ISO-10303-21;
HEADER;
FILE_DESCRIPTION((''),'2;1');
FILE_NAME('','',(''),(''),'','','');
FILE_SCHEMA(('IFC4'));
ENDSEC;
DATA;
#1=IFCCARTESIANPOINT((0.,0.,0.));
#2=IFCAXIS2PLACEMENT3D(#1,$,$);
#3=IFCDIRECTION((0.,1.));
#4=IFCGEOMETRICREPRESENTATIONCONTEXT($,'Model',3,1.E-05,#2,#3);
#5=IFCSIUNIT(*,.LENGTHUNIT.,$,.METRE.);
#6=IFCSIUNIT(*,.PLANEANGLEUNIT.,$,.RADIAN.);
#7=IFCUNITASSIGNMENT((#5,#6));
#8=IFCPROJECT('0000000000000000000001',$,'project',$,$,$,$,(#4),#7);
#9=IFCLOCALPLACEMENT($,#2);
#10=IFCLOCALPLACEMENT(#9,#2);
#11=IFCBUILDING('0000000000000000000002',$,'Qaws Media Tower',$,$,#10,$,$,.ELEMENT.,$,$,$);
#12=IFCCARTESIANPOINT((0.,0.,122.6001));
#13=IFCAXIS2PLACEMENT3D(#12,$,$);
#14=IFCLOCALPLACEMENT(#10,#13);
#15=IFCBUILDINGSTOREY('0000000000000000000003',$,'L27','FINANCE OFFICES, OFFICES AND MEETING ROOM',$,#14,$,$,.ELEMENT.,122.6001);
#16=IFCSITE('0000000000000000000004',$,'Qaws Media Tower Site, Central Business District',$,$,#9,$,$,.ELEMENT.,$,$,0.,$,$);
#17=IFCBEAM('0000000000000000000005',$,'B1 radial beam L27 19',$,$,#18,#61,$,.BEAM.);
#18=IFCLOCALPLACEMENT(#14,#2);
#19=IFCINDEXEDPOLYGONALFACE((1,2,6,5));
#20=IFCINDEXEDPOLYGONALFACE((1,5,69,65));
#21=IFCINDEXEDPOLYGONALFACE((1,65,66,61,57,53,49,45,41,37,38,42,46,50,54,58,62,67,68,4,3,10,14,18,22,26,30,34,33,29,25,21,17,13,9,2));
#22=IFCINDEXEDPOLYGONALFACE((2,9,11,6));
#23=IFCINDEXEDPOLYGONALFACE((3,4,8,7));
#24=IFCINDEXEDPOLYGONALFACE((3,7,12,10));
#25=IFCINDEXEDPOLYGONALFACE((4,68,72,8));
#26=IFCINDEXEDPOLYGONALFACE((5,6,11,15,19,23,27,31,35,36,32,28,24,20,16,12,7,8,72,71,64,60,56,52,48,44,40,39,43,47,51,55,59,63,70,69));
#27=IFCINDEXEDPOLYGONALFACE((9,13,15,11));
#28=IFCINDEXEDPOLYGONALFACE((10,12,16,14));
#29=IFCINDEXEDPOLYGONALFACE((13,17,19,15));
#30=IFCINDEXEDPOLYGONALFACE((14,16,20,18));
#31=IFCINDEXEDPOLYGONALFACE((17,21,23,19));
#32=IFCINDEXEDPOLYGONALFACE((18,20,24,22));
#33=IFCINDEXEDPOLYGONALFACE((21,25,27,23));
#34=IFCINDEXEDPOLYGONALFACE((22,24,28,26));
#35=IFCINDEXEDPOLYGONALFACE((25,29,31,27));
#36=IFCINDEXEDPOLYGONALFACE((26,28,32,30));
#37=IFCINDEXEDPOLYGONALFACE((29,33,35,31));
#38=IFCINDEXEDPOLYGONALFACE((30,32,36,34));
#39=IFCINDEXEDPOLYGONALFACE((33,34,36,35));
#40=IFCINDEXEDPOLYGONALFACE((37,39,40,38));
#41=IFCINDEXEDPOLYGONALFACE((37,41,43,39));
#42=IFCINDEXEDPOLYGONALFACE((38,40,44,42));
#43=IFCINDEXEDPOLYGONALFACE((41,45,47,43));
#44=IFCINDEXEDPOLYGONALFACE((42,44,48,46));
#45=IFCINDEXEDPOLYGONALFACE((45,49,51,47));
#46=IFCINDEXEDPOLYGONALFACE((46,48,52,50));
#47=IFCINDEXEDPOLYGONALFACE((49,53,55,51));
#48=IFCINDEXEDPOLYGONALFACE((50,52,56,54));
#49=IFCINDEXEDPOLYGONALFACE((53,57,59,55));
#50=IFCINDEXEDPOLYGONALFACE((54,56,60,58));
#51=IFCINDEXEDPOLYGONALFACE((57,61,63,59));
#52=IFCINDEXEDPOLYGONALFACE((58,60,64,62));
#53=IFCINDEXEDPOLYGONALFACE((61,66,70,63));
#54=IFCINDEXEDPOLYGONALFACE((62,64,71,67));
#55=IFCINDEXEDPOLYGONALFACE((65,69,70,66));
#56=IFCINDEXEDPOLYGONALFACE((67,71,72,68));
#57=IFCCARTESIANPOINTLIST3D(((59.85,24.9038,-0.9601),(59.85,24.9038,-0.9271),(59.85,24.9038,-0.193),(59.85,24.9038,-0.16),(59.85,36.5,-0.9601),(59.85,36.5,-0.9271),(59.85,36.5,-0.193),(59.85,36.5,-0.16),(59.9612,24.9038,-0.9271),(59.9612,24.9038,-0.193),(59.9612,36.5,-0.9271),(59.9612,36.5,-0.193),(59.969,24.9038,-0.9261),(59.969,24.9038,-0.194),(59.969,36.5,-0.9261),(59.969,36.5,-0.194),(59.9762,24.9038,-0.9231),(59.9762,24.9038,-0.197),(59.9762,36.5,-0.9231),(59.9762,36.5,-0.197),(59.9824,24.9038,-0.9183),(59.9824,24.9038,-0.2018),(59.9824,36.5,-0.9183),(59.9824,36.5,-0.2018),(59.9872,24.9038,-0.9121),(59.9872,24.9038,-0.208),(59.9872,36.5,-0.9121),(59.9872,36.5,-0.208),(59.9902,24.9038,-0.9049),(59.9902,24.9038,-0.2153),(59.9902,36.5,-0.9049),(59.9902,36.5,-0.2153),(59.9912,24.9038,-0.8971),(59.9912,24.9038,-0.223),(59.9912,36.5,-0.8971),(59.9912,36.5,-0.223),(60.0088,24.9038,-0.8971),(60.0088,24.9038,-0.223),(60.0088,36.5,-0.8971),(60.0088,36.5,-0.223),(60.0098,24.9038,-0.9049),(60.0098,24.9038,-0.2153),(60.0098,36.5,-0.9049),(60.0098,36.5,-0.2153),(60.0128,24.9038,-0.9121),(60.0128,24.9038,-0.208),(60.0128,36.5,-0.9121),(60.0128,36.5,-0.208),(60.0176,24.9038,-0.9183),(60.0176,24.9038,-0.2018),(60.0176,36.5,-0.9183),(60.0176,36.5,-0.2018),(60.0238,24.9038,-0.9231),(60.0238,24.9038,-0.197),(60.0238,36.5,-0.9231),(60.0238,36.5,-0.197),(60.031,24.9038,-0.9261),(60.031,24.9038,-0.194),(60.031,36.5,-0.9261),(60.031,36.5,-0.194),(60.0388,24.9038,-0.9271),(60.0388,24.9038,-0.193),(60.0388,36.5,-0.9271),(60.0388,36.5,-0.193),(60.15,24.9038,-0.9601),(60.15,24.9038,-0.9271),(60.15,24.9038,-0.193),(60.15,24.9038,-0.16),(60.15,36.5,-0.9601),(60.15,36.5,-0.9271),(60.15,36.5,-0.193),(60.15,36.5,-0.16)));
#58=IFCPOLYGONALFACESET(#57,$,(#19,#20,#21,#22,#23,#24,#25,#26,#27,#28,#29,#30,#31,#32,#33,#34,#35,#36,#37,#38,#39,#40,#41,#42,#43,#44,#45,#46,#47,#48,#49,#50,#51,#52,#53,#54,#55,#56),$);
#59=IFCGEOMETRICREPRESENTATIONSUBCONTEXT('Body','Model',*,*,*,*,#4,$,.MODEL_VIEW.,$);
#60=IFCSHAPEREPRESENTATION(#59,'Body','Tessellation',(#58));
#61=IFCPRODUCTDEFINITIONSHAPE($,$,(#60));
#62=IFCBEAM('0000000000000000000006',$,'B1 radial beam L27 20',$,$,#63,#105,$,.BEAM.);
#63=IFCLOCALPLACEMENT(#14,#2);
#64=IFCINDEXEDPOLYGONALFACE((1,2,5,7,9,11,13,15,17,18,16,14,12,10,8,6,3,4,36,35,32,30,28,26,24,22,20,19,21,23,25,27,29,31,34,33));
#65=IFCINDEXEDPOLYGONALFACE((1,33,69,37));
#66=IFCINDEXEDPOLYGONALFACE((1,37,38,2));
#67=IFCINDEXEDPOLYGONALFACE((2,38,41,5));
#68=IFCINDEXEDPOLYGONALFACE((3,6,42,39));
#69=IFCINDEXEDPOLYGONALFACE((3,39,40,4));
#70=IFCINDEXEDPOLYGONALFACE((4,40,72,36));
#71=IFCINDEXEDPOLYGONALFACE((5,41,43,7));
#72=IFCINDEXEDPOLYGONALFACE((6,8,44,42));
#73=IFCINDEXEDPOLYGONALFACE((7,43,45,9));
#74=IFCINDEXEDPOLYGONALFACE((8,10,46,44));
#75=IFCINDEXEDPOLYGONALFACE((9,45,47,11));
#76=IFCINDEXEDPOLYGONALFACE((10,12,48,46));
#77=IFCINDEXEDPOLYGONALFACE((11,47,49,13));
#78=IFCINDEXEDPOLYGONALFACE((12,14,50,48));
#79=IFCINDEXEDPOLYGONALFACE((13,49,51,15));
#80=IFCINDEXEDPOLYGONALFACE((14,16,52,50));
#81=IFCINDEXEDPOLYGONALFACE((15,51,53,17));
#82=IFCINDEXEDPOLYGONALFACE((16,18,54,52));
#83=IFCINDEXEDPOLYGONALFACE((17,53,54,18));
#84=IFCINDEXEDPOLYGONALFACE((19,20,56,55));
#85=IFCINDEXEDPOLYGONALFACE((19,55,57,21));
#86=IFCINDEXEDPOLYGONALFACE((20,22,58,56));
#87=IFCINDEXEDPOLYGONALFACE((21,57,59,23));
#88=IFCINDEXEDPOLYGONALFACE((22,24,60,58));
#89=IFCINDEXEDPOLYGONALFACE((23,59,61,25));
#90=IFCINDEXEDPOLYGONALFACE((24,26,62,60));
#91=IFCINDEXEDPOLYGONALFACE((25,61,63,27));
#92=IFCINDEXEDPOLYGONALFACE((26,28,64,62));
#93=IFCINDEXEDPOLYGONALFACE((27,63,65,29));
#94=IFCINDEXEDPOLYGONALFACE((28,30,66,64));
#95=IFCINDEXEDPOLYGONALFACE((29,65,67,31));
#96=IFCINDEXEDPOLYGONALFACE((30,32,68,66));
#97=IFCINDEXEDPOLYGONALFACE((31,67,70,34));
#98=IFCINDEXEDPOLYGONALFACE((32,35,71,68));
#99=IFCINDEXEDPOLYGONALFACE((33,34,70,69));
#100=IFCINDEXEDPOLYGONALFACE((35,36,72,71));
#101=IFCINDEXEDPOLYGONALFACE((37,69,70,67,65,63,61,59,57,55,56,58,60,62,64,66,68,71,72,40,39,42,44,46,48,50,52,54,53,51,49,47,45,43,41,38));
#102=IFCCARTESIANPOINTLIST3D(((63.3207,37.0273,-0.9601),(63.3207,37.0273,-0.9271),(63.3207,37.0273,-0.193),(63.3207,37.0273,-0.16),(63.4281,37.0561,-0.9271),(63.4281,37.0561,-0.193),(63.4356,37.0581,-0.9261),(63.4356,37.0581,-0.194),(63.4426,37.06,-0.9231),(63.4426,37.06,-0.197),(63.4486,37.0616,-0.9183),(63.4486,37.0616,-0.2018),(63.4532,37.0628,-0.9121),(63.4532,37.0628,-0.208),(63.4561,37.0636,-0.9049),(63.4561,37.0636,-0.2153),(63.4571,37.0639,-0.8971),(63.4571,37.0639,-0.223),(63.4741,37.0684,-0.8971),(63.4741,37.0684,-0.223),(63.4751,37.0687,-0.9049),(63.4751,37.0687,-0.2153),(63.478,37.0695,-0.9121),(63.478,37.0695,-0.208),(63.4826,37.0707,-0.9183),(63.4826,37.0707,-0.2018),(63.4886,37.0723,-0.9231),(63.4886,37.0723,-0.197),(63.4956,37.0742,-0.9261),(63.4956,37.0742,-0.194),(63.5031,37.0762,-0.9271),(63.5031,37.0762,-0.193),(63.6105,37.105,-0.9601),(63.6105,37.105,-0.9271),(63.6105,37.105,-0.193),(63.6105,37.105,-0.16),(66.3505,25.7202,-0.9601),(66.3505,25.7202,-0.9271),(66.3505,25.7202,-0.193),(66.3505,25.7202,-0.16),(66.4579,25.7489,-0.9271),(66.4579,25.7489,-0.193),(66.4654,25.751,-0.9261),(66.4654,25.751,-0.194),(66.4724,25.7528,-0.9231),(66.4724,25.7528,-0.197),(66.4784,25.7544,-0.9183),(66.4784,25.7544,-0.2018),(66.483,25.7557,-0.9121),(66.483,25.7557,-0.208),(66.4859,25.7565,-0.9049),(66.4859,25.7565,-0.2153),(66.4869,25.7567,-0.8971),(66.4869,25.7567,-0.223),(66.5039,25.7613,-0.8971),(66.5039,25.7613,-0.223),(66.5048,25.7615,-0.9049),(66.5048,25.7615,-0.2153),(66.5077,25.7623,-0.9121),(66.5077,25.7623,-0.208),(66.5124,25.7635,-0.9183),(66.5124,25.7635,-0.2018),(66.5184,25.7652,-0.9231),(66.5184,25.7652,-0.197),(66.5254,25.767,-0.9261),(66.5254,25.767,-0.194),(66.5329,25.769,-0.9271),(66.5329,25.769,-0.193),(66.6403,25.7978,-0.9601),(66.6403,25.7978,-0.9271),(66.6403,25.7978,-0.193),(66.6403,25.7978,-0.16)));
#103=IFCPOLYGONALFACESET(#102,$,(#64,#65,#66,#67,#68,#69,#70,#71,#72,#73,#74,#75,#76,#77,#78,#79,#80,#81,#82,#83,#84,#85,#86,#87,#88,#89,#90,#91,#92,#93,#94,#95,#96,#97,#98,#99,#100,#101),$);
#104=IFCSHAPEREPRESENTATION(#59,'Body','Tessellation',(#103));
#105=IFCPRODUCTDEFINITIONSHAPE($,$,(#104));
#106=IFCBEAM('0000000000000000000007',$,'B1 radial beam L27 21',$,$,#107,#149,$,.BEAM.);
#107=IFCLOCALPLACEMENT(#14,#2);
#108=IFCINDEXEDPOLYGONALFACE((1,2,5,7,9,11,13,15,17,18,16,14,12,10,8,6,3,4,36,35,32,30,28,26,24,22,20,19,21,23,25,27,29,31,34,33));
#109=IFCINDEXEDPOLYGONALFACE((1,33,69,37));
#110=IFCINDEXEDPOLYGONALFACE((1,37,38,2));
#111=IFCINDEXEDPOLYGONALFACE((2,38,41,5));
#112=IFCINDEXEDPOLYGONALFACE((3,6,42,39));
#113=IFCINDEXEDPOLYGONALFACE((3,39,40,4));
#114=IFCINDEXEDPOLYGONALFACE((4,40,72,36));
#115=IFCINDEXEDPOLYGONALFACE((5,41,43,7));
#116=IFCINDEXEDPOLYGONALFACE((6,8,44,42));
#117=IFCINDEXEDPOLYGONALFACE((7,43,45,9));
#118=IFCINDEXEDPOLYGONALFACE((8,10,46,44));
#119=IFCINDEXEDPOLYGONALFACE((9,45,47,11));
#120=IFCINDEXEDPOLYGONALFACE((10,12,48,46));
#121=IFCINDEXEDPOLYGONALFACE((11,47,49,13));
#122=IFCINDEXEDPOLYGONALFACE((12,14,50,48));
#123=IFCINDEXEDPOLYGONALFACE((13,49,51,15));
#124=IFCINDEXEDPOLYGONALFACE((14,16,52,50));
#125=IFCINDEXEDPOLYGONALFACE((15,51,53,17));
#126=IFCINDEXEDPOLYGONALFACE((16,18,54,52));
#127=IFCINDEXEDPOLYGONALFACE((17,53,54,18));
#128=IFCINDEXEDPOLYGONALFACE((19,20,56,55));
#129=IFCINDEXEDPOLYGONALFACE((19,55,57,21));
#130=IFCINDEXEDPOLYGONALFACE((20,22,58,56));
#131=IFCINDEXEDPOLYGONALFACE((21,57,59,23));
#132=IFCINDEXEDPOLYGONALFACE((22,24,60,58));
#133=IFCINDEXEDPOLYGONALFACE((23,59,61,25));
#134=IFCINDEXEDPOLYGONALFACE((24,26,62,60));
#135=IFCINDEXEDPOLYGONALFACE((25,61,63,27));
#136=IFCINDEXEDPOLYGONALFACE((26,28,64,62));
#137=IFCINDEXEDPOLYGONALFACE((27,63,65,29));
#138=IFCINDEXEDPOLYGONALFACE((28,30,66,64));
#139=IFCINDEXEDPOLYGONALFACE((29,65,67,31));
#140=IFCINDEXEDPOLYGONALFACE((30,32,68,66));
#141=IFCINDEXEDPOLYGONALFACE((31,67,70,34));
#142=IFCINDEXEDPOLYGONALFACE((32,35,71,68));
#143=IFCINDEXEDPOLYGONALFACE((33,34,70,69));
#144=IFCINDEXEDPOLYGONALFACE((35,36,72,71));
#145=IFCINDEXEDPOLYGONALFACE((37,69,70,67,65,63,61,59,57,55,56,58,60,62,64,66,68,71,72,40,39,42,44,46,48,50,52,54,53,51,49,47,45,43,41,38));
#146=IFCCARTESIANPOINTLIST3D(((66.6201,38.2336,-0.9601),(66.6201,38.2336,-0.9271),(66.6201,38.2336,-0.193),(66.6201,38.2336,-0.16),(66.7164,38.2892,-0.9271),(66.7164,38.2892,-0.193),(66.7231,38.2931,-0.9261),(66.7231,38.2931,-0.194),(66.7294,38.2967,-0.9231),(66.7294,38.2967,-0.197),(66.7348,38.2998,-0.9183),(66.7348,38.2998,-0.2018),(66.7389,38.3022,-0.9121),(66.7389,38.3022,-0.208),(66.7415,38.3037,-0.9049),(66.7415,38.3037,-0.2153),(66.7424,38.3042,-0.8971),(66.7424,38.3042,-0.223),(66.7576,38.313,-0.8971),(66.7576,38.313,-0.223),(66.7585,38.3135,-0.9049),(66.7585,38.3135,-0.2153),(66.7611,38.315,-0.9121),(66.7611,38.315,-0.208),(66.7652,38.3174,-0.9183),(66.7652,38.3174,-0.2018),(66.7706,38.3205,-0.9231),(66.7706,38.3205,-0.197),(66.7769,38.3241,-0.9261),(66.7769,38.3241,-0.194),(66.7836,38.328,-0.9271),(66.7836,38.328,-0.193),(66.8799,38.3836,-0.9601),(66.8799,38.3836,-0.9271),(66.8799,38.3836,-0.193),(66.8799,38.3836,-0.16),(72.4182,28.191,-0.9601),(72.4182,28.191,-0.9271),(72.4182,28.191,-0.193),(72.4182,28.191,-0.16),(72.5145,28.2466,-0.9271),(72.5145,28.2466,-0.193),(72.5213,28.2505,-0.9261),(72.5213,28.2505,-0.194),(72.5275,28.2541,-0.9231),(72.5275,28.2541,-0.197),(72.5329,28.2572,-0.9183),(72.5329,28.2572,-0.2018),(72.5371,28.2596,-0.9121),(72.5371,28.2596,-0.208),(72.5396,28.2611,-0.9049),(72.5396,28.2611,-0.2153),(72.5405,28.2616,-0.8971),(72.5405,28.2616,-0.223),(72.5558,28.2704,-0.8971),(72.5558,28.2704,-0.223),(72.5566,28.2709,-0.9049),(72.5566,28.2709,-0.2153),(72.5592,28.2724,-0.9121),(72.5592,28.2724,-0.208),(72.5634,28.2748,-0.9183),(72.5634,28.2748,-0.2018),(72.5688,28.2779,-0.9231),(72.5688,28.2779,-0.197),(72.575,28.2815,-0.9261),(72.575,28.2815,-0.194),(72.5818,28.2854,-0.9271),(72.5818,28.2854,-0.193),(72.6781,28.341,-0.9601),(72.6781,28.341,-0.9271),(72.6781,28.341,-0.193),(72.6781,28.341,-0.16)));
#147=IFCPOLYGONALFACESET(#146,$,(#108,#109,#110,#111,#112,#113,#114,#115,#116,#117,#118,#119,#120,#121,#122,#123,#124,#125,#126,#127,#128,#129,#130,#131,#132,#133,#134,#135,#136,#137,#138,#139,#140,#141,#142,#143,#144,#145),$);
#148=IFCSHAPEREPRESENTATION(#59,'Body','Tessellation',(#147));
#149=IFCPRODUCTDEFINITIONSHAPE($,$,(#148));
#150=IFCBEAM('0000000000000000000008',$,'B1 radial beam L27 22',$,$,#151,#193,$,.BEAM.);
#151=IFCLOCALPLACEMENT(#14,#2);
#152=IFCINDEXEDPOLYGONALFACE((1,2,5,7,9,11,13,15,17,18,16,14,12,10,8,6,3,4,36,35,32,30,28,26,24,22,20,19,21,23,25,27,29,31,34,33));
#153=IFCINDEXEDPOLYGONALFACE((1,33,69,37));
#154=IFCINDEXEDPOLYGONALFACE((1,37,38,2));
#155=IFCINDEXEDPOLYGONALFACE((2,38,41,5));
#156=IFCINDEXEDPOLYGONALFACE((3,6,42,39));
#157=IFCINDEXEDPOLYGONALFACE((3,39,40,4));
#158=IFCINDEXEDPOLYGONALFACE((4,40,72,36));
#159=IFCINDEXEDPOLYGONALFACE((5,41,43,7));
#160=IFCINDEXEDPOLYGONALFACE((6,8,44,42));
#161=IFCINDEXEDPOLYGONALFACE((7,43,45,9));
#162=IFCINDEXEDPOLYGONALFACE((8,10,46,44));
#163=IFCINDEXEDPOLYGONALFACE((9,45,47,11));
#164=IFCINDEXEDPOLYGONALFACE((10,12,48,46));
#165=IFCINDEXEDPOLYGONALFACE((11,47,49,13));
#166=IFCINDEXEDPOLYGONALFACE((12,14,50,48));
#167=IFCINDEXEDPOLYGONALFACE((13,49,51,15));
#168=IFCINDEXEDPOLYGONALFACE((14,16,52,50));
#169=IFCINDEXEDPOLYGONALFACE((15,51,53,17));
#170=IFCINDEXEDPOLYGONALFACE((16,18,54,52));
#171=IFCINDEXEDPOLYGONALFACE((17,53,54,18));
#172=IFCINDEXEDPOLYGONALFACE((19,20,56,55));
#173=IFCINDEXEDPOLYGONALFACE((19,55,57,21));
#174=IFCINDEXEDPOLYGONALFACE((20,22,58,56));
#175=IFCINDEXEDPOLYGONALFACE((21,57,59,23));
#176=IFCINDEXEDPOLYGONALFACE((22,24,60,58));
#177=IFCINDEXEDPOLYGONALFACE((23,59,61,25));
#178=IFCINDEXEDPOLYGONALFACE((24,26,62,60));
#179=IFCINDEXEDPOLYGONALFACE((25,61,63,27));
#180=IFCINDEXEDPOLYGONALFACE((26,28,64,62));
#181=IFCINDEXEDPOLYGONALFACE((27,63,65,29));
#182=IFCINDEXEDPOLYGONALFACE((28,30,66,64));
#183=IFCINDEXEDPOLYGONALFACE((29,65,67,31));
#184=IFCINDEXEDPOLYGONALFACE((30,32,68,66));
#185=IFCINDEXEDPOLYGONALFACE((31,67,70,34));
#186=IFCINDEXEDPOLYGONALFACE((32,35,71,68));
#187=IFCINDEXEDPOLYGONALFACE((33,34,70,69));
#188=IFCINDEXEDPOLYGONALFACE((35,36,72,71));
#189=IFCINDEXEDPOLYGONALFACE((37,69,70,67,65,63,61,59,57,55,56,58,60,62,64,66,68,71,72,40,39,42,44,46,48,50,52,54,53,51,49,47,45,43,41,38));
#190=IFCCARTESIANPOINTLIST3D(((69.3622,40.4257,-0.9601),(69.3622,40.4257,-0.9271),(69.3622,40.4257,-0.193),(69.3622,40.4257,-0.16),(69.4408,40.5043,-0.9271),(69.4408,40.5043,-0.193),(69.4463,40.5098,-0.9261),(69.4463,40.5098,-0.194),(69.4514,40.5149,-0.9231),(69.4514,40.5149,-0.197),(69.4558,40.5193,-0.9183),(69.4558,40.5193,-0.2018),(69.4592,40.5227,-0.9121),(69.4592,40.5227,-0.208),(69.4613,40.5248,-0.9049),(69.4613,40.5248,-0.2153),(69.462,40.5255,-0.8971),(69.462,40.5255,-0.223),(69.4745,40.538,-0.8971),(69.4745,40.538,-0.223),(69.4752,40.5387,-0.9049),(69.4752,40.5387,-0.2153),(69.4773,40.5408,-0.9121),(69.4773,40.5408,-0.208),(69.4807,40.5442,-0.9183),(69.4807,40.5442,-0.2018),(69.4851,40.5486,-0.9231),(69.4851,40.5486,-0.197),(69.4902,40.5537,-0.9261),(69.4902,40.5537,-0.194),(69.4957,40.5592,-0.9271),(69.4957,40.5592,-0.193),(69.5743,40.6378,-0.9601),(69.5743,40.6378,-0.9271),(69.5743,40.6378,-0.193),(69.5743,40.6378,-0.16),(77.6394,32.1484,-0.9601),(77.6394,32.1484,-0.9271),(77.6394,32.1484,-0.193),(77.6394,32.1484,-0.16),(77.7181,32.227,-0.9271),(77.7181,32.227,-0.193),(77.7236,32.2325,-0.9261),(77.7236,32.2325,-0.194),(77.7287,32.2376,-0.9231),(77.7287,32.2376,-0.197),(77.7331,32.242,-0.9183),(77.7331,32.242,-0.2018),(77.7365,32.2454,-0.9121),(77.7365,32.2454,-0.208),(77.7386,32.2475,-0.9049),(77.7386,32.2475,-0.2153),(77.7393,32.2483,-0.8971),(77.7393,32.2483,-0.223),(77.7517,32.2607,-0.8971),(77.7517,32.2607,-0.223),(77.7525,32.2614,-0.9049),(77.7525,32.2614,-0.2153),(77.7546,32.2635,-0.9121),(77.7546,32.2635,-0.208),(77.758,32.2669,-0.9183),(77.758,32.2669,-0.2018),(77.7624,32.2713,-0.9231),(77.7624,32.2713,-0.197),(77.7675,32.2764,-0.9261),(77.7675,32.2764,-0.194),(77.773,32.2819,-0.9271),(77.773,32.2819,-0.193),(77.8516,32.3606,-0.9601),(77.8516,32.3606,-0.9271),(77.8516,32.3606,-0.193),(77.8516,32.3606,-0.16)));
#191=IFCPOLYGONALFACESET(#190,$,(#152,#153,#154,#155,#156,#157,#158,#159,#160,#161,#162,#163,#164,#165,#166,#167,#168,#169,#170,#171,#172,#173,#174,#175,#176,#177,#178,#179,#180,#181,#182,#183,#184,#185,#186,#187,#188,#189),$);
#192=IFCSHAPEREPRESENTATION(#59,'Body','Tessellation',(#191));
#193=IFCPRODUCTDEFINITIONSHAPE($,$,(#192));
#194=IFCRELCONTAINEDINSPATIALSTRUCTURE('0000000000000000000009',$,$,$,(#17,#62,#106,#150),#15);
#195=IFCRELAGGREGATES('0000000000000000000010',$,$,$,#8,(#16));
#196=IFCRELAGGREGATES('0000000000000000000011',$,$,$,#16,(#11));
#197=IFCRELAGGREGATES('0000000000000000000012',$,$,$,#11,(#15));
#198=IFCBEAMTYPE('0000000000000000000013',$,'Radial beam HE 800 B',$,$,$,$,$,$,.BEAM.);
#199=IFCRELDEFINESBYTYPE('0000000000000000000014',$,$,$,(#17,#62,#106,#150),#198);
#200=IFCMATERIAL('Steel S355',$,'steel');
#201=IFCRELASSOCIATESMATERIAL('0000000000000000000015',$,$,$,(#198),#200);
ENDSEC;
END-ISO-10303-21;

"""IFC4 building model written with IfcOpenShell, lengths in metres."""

from ifc_helpers import new_model, si_unit, direction, frame, origin, origin_2d, place, context, subcontext, project, spatial, i_section, extrude, material, material_profile, profile_set, type_object, element, save


model = new_model("IFC4")

# Units and contexts
model_context = context("Model", 3, precision=1e-05, world=origin(), true_north=direction((0.0, 1.0)))
body_context = subcontext(model_context, "Body", "Model", "MODEL_VIEW")
ifc_project = project(units=[si_unit("LENGTHUNIT", "METRE"), si_unit("PLANEANGLEUNIT", "RADIAN")], contexts=[model_context])

# Site, building, storey
site_placement = place(None, origin())
site = spatial("IfcSite", under=ifc_project, at=site_placement, Name="Qaws Media Tower Site, Central Business District", CompositionType="ELEMENT", RefElevation=0.0)
building_placement = place(site_placement, origin())
building = spatial("IfcBuilding", under=site, at=building_placement, Name="Qaws Media Tower", CompositionType="ELEMENT")
storey_placement = place(building_placement, frame((0.0, 0.0, 122.6001)))
storey = spatial("IfcBuildingStorey", under=building, at=storey_placement, Name="L27", Description="FINANCE OFFICES, OFFICES AND MEETING ROOM", CompositionType="ELEMENT", Elevation=122.6001)

# Beams
ifc_material_1 = material(Name="Steel S355", Category="steel")
ifc_material_profile_1 = material_profile(ifc_material_1, i_section(OverallWidth=0.3, OverallDepth=0.8, WebThickness=0.0176, FlangeThickness=0.033, FilletRadius=0.03, at=origin_2d()), Name="HE 800 B")
ifc_profile_set_1 = profile_set([ifc_material_profile_1], Name="Steel S355")
beam_type_1 = type_object("IfcBeamType", Name="Radial beam HE 800 B", PredefinedType="BEAM", material=ifc_profile_set_1)
beam_1_placement = place(storey_placement, frame((60.0, 36.5, -0.5601), z_axis=(0.0, -1.0, 0.0), x_axis=(1.0, 0.0, 0.0)))
element("IfcBeam", 1, at=beam_1_placement, inside=storey, type_object=beam_type_1, Name="B1 radial beam L27 19", PredefinedType="BEAM", context=body_context, shape_type="SweptSolid", body=[
    extrude(i_section(OverallWidth=0.3, OverallDepth=0.8, WebThickness=0.0176, FlangeThickness=0.033, FilletRadius=0.03, at=origin_2d()), origin(), (0.0, 0.0, 1.0), 11.5962),
])
beam_2_placement = place(storey_placement, frame((63.4656, 37.0662, -0.5601), z_axis=(0.258823, -0.965925, 0.0), x_axis=(0.965925, 0.258823, 0.0)))
element("IfcBeam", 2, at=beam_2_placement, inside=storey, type_object=beam_type_1, Name="B1 radial beam L27 20", PredefinedType="BEAM", context=body_context, shape_type="SweptSolid", body=[
    extrude(i_section(OverallWidth=0.3, OverallDepth=0.8, WebThickness=0.0176, FlangeThickness=0.033, FilletRadius=0.03, at=origin_2d()), origin(), (0.0, 0.0, 1.0), 11.7061),
])
beam_3_placement = place(storey_placement, frame((66.75, 38.3086, -0.5601), z_axis=(0.500004, -0.866023, 0.0), x_axis=(0.866023, 0.500004, 0.0)))
element("IfcBeam", 3, at=beam_3_placement, inside=storey, type_object=beam_type_1, Name="B1 radial beam L27 21", PredefinedType="BEAM", context=body_context, shape_type="SweptSolid", body=[
    extrude(i_section(OverallWidth=0.3, OverallDepth=0.8, WebThickness=0.0176, FlangeThickness=0.033, FilletRadius=0.03, at=origin_2d()), origin(), (0.0, 0.0, 1.0), 11.5962),
])
beam_4_placement = place(storey_placement, frame((69.4683, 40.5317, -0.5601), z_axis=(0.707107, -0.707107, 0.0), x_axis=(0.707107, 0.707107, 0.0)))
element("IfcBeam", 4, at=beam_4_placement, inside=storey, type_object=beam_type_1, Name="B1 radial beam L27 22", PredefinedType="BEAM", context=body_context, shape_type="SweptSolid", body=[
    extrude(i_section(OverallWidth=0.3, OverallDepth=0.8, WebThickness=0.0176, FlangeThickness=0.033, FilletRadius=0.03, at=origin_2d()), origin(), (0.0, 0.0, 1.0), 11.7058),
])

save(model, "model.ifc")
